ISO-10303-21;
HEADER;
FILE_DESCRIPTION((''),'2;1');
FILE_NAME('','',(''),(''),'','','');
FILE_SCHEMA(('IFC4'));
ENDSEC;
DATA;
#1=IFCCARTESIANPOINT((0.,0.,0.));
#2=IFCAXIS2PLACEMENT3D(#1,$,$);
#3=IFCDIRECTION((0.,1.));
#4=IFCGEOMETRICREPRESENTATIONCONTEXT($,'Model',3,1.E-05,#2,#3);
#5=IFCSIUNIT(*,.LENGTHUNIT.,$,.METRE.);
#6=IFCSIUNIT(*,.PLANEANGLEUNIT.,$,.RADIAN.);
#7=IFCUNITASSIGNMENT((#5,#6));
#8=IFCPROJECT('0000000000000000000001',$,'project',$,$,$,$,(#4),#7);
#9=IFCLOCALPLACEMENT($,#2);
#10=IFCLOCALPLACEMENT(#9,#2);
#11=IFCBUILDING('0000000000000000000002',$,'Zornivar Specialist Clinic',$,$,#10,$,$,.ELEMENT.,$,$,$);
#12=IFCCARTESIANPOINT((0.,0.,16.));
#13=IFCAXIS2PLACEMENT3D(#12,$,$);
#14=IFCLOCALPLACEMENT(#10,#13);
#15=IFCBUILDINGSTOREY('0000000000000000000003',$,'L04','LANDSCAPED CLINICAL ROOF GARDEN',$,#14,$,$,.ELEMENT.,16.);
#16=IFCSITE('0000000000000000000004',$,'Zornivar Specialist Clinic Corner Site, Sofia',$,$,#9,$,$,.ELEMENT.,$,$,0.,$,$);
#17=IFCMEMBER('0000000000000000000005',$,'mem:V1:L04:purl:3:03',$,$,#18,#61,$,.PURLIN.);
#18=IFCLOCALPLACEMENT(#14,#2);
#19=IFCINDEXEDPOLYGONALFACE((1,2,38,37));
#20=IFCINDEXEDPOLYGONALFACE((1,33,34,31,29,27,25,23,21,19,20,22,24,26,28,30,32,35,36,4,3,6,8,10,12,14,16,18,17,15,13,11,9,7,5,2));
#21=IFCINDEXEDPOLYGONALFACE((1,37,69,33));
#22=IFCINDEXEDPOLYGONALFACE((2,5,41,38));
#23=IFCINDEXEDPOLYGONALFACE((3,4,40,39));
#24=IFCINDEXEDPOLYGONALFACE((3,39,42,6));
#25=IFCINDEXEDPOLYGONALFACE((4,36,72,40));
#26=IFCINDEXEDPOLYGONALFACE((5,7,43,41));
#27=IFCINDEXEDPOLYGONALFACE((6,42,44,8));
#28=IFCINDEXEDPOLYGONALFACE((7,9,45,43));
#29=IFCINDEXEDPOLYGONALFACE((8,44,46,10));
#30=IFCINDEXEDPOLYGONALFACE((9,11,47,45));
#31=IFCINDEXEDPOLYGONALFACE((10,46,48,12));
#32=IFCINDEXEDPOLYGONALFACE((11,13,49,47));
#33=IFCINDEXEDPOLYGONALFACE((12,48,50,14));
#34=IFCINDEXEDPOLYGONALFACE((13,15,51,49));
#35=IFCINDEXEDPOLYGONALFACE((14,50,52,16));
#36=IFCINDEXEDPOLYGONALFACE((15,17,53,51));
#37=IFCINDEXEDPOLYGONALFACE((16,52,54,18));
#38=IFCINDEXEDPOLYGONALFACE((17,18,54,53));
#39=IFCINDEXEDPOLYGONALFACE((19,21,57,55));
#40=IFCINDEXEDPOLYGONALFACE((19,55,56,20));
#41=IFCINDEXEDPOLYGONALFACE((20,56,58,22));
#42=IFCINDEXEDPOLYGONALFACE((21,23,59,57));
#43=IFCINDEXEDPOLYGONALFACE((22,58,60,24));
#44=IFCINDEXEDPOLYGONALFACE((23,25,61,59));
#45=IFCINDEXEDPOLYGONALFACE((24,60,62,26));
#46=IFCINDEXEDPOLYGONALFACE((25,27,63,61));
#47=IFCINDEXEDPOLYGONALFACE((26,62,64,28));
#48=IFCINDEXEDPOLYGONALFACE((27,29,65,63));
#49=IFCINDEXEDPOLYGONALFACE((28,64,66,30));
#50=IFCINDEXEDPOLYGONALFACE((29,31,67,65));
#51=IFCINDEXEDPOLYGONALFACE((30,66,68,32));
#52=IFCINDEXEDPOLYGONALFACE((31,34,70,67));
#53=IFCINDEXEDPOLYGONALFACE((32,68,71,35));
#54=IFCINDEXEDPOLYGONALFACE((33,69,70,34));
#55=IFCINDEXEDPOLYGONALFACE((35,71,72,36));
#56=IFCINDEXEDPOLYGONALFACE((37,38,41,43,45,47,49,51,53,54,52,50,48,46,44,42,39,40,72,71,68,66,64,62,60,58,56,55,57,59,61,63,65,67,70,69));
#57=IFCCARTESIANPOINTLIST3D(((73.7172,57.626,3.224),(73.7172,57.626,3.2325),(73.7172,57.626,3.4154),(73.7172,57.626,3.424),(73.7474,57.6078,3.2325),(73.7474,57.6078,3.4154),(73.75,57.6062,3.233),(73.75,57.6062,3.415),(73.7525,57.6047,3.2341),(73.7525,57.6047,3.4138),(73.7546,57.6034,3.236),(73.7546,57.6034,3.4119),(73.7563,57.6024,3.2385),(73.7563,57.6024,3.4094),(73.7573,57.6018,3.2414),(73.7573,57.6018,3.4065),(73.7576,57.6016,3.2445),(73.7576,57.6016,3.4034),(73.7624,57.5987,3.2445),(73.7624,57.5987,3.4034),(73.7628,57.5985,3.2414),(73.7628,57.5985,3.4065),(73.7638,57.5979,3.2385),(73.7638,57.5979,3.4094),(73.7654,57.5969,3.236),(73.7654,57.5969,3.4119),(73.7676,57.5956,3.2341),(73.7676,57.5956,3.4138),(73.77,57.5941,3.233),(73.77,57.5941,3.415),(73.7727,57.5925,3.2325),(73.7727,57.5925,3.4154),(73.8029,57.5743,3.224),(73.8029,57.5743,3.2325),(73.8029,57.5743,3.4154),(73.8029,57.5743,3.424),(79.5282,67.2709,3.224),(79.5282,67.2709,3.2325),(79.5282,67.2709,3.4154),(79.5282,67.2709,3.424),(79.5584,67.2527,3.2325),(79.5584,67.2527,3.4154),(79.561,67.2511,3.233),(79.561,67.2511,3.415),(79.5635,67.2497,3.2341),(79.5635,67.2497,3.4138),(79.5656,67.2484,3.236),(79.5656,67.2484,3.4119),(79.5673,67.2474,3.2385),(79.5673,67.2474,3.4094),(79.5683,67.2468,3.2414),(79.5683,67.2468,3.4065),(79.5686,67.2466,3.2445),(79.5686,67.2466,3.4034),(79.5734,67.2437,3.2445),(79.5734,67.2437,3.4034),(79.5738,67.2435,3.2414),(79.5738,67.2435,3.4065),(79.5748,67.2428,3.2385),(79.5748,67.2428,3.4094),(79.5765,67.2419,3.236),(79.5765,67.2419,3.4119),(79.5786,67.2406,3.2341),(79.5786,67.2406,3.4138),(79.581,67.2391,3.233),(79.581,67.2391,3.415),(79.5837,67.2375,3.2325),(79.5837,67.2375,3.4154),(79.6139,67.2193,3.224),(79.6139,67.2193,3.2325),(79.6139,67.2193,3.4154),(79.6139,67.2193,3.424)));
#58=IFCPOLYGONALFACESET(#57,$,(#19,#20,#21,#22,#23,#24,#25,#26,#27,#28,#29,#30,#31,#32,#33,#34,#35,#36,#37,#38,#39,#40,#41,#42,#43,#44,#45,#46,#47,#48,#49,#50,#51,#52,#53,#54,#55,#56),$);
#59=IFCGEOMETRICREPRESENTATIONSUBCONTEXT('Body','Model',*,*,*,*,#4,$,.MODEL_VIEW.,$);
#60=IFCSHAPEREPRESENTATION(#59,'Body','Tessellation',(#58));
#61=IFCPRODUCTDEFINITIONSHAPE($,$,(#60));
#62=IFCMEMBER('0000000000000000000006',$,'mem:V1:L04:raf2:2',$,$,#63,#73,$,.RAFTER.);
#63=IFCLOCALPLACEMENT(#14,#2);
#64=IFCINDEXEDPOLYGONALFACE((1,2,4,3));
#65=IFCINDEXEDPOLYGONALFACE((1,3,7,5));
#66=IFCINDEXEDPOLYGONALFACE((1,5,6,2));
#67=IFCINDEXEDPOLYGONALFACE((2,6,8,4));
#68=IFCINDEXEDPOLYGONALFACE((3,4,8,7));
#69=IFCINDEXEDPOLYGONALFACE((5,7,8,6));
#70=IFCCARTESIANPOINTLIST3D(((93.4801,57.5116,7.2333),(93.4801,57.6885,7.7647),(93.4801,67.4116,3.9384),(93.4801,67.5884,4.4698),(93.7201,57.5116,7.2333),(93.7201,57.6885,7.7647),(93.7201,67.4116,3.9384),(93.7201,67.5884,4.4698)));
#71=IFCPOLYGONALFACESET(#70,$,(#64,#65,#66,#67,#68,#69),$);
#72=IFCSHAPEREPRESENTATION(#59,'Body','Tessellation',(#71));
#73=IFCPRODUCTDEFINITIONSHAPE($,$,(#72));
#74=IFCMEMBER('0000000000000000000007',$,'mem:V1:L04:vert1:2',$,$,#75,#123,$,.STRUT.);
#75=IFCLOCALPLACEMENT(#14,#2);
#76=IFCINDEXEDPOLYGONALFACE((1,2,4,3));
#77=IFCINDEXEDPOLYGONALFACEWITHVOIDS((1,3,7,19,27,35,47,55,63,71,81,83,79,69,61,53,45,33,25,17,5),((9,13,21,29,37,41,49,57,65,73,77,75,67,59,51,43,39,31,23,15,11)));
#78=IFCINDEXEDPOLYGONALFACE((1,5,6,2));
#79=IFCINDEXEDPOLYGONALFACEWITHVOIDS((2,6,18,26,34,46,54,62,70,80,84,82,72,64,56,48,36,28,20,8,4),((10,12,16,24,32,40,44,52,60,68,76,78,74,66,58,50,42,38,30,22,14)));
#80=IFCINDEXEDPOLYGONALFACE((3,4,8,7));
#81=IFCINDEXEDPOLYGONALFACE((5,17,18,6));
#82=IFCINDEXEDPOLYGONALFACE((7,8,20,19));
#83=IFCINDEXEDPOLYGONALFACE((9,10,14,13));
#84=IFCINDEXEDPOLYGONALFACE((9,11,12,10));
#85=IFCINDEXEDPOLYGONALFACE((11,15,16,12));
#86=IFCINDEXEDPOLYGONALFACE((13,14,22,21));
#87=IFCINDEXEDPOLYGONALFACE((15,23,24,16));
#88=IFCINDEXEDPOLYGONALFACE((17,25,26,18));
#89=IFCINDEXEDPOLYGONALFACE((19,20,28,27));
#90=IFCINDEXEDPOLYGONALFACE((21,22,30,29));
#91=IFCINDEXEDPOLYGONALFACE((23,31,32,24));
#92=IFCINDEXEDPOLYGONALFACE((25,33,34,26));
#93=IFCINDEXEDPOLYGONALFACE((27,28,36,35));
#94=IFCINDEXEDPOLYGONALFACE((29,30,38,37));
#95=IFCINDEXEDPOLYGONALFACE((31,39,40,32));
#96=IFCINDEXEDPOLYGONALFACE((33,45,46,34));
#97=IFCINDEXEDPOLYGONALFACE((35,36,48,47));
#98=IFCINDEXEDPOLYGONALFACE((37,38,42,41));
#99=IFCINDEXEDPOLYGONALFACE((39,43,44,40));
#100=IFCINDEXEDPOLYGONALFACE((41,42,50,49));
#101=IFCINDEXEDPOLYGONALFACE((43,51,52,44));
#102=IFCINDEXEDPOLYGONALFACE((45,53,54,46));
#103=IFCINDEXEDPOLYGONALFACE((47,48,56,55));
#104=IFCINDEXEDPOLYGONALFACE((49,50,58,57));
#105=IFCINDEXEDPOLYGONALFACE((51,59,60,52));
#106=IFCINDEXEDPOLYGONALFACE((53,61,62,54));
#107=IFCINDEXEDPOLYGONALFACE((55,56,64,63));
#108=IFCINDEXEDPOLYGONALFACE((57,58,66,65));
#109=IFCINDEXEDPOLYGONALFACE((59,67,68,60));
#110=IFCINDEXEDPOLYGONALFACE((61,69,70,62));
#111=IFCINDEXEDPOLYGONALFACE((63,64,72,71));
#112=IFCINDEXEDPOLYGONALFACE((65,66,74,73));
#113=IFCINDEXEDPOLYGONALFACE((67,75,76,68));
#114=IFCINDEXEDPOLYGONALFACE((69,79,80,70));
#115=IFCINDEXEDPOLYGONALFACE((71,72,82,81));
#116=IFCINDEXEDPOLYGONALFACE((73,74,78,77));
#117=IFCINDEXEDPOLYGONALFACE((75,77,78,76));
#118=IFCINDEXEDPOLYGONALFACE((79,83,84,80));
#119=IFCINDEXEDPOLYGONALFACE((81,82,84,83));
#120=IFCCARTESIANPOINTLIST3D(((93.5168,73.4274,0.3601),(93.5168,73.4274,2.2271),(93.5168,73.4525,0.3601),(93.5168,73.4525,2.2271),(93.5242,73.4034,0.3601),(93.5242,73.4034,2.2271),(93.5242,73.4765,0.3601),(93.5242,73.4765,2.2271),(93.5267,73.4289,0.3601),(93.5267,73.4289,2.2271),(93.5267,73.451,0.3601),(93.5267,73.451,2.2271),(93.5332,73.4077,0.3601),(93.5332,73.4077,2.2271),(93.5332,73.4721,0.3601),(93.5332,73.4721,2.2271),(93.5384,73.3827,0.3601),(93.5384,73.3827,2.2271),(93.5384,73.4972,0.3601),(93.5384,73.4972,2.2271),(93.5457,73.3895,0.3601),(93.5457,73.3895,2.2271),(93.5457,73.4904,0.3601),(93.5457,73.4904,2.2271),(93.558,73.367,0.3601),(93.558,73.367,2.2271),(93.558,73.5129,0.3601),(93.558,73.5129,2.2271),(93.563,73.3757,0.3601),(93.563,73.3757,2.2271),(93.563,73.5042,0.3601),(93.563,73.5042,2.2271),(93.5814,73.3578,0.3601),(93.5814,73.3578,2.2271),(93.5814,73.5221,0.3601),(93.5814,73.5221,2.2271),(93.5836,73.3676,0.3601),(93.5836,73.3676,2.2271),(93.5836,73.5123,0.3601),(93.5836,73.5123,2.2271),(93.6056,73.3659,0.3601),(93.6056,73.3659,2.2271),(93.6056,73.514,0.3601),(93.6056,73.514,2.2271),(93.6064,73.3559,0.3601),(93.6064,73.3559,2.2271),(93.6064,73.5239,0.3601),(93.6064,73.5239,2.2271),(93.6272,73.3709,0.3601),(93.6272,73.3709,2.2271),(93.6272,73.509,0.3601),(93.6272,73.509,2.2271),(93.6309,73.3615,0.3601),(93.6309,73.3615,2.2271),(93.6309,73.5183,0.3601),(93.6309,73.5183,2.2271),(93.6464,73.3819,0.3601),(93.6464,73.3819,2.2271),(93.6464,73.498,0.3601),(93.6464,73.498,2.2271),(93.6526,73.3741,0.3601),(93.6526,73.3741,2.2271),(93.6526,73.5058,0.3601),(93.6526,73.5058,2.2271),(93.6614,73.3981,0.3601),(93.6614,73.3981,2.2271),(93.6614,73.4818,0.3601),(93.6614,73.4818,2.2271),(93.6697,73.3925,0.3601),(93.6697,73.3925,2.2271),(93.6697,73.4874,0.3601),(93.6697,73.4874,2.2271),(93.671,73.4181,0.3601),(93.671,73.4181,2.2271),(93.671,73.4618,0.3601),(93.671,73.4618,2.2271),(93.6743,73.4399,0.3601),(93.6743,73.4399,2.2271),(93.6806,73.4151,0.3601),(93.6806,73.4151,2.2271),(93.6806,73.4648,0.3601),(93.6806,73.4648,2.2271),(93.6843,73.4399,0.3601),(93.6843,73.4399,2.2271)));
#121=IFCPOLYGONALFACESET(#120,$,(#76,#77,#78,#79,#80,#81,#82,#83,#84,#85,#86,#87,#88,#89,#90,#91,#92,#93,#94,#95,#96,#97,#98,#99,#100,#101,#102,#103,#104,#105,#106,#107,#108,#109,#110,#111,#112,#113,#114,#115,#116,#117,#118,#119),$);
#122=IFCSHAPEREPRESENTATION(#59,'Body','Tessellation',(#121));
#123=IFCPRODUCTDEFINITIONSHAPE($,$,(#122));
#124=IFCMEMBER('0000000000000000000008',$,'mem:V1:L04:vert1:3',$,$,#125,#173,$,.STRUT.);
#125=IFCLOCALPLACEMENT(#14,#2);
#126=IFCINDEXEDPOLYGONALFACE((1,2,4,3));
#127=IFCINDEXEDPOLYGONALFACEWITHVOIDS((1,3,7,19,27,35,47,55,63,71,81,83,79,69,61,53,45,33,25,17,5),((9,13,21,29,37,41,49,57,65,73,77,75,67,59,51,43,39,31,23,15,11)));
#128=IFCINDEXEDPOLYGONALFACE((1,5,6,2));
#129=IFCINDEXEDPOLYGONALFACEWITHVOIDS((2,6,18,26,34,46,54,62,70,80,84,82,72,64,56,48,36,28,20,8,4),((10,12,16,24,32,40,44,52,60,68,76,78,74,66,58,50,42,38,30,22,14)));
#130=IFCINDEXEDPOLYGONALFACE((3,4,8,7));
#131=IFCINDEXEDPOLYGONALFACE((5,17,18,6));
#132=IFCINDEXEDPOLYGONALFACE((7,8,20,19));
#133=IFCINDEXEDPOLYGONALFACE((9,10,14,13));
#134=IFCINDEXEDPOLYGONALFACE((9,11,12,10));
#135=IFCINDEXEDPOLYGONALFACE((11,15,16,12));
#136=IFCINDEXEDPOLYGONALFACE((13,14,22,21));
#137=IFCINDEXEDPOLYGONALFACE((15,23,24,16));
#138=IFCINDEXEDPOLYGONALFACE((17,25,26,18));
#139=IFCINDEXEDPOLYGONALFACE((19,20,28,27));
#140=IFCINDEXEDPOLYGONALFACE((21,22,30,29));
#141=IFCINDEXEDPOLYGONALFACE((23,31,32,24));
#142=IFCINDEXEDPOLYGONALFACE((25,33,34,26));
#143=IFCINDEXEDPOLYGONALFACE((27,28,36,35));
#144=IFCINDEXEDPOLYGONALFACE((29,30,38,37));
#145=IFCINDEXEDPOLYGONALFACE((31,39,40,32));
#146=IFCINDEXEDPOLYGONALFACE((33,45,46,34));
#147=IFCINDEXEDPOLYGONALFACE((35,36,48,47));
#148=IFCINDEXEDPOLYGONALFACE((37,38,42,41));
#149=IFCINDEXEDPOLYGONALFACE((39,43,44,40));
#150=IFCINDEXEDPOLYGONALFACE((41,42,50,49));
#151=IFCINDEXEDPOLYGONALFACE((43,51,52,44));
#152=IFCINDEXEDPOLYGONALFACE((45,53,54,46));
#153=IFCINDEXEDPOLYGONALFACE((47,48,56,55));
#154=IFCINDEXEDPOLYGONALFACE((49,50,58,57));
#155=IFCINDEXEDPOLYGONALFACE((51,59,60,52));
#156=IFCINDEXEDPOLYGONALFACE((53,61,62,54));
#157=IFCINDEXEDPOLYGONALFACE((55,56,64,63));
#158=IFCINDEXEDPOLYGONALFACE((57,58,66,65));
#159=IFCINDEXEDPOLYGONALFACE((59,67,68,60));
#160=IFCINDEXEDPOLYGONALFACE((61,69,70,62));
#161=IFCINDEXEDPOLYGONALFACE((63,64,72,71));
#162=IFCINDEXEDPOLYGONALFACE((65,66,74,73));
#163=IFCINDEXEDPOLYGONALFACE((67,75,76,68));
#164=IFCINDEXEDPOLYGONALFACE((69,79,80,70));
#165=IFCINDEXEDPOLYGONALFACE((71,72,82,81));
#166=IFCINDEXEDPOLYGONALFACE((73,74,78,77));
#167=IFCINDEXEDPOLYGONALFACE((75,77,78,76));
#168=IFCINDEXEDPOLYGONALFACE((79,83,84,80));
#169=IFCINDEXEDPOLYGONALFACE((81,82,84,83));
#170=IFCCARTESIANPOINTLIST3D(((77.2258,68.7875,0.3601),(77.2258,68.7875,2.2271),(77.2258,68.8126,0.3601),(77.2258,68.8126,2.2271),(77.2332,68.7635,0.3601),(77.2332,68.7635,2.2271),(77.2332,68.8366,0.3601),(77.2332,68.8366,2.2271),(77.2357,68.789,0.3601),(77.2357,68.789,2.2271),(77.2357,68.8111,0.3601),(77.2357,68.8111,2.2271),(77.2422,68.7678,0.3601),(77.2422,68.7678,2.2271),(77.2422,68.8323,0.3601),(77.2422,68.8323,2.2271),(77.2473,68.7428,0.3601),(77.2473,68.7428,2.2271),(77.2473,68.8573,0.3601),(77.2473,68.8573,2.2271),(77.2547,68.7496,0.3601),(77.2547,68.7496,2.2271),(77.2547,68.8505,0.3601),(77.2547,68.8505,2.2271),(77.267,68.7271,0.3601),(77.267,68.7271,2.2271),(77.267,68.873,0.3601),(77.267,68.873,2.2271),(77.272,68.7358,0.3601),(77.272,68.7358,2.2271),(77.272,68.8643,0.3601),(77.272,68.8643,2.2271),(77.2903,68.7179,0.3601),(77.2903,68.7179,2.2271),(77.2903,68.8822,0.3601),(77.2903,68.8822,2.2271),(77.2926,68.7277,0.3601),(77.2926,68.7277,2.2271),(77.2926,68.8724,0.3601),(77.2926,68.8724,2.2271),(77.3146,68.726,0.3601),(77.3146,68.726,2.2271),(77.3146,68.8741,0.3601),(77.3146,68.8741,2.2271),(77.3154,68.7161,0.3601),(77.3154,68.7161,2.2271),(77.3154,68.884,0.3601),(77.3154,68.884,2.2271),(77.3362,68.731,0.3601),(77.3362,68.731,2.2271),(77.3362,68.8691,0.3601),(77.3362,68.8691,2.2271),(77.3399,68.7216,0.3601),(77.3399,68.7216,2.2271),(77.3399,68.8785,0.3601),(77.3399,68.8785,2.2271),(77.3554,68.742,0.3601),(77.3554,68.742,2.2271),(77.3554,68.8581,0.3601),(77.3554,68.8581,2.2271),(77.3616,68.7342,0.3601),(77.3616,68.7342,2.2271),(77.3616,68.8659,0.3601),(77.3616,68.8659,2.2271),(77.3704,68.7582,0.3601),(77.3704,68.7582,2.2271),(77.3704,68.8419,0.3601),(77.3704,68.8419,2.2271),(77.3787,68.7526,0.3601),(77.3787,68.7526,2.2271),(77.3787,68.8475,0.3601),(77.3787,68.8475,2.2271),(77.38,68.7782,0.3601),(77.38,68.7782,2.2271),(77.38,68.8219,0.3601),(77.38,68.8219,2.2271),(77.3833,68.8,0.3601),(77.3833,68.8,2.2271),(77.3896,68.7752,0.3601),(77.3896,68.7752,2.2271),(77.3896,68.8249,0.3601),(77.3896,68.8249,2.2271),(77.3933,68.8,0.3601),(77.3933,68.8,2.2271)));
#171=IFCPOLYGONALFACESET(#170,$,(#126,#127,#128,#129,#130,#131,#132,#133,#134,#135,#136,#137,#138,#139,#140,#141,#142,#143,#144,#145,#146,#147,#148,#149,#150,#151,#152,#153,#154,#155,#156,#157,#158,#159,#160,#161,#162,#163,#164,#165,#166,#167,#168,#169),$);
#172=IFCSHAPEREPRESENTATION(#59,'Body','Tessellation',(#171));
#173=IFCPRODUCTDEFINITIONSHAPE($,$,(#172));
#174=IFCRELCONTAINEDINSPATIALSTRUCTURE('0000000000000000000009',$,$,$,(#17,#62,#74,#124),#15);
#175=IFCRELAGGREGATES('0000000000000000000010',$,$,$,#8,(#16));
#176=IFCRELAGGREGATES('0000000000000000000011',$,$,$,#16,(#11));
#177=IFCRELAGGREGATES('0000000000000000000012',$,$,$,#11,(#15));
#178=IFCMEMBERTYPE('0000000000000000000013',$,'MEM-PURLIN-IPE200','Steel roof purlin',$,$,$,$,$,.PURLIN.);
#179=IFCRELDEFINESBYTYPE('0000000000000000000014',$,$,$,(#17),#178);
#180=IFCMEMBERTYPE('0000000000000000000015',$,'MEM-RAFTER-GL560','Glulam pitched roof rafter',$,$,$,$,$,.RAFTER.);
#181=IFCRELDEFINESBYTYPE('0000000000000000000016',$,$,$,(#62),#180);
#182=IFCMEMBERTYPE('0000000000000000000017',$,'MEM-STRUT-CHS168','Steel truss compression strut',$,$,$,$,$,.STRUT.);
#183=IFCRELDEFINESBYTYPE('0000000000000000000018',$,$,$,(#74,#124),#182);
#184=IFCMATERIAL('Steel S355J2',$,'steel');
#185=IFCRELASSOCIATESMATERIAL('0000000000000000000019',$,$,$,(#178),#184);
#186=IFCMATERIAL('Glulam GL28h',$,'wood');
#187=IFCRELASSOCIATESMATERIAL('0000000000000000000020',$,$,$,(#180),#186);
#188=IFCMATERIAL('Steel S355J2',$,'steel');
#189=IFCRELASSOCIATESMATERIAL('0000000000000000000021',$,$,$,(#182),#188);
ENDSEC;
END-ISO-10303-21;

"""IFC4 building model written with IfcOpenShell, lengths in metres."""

from ifc_helpers import new_model, si_unit, direction, frame, origin, origin_2d, place, context, subcontext, project, spatial, rectangle, hollow_circle, i_section, extrude, material, material_profile, profile_set, type_object, element, save


model = new_model("IFC4")

# Units and contexts
model_context = context("Model", 3, precision=1e-05, world=origin(), true_north=direction((0.0, 1.0)))
body_context = subcontext(model_context, "Body", "Model", "MODEL_VIEW")
ifc_project = project(units=[si_unit("LENGTHUNIT", "METRE"), si_unit("PLANEANGLEUNIT", "RADIAN")], contexts=[model_context])

# Site, building, storey
site_placement = place(None, origin())
site = spatial("IfcSite", under=ifc_project, at=site_placement, Name="Zornivar Specialist Clinic Corner Site, Sofia", CompositionType="ELEMENT", RefElevation=0.0)
building_placement = place(site_placement, origin())
building = spatial("IfcBuilding", under=site, at=building_placement, Name="Zornivar Specialist Clinic", CompositionType="ELEMENT")
storey_placement = place(building_placement, frame((0.0, 0.0, 16.0)))
storey = spatial("IfcBuildingStorey", under=building, at=storey_placement, Name="L04", Description="LANDSCAPED CLINICAL ROOF GARDEN", CompositionType="ELEMENT", Elevation=16.0)

# Members
ifc_material_1 = material(Name="Steel S355J2", Category="steel")
ifc_material_profile_1 = material_profile(ifc_material_1, i_section(OverallWidth=0.1001, OverallDepth=0.2, WebThickness=0.0056, FlangeThickness=0.0085, FilletRadius=0.012, at=origin_2d()), Name="IPE 200")
ifc_profile_set_1 = profile_set([ifc_material_profile_1], Name="Steel S355J2")
member_type_1 = type_object("IfcMemberType", Name="MEM-PURLIN-IPE200", Description="Steel roof purlin", PredefinedType="PURLIN", material=ifc_profile_set_1)
member_1_placement = place(storey_placement, frame((79.571, 67.2451, 3.324), z_axis=(-0.516064, -0.85655, 0.0), x_axis=(0.85655, -0.516064, 0.0)))
element("IfcMember", 1, at=member_1_placement, inside=storey, type_object=member_type_1, Name="mem:V1:L04:purl:3:03", PredefinedType="PURLIN", context=body_context, shape_type="SweptSolid", body=[
    extrude(i_section(OverallWidth=0.1001, OverallDepth=0.2, WebThickness=0.0056, FlangeThickness=0.0085, FilletRadius=0.012, at=origin_2d()), origin(), (0.0, 0.0, 1.0), 11.2603),
])
ifc_material_2 = material(Name="Glulam GL28h", Category="wood")
ifc_material_profile_2 = material_profile(ifc_material_2, rectangle(XDim=0.24, YDim=0.5601, at=origin_2d()), Name="GL28h 240x560")
ifc_profile_set_2 = profile_set([ifc_material_profile_2], Name="Glulam GL28h")
member_type_2 = type_object("IfcMemberType", Name="MEM-RAFTER-GL560", Description="Glulam pitched roof rafter", PredefinedType="RAFTER", material=ifc_profile_set_2)
member_2_placement = place(storey_placement, frame((93.6001, 67.5, 4.2041), z_axis=(0.0, -0.948828, 0.315793), x_axis=(1.0, 0.0, 0.0)))
element("IfcMember", 2, at=member_2_placement, inside=storey, type_object=member_type_2, Name="mem:V1:L04:raf2:2", PredefinedType="RAFTER", context=body_context, shape_type="SweptSolid", body=[
    extrude(rectangle(XDim=0.24, YDim=0.5601, at=origin_2d()), origin(), (0.0, 0.0, 1.0), 10.4338),
])
ifc_material_3 = material(Name="Steel S355J2", Category="steel")
ifc_material_profile_3 = material_profile(ifc_material_3, hollow_circle(Radius=0.0842, WallThickness=0.01, at=origin_2d()), Name="CHS 168.3x10")
ifc_profile_set_3 = profile_set([ifc_material_profile_3], Name="Steel S355J2")
member_type_3 = type_object("IfcMemberType", Name="MEM-STRUT-CHS168", Description="Steel truss compression strut", PredefinedType="STRUT", material=ifc_profile_set_3)
for number, where, z_axis, x_axis, name in (
    (3, (93.6001, 73.4399, 0.3601), (0.0, 0.0, 1.0), (1.0, 0.0, 0.0), "mem:V1:L04:vert1:2"),
    (4, (77.3091, 68.8, 0.3601), (0.0, 0.0, 1.0), (1.0, 0.0, 0.0), "mem:V1:L04:vert1:3"),
):
    element("IfcMember", number, at=place(storey_placement, frame(where, z_axis=z_axis, x_axis=x_axis)), inside=storey, type_object=member_type_3, Name=name, PredefinedType="STRUT", context=body_context, shape_type="SweptSolid", body=[
        extrude(hollow_circle(Radius=0.0842, WallThickness=0.01, at=origin_2d()), origin(), (0.0, 0.0, 1.0), 1.8669),
    ])

save(model, "model.ifc")
